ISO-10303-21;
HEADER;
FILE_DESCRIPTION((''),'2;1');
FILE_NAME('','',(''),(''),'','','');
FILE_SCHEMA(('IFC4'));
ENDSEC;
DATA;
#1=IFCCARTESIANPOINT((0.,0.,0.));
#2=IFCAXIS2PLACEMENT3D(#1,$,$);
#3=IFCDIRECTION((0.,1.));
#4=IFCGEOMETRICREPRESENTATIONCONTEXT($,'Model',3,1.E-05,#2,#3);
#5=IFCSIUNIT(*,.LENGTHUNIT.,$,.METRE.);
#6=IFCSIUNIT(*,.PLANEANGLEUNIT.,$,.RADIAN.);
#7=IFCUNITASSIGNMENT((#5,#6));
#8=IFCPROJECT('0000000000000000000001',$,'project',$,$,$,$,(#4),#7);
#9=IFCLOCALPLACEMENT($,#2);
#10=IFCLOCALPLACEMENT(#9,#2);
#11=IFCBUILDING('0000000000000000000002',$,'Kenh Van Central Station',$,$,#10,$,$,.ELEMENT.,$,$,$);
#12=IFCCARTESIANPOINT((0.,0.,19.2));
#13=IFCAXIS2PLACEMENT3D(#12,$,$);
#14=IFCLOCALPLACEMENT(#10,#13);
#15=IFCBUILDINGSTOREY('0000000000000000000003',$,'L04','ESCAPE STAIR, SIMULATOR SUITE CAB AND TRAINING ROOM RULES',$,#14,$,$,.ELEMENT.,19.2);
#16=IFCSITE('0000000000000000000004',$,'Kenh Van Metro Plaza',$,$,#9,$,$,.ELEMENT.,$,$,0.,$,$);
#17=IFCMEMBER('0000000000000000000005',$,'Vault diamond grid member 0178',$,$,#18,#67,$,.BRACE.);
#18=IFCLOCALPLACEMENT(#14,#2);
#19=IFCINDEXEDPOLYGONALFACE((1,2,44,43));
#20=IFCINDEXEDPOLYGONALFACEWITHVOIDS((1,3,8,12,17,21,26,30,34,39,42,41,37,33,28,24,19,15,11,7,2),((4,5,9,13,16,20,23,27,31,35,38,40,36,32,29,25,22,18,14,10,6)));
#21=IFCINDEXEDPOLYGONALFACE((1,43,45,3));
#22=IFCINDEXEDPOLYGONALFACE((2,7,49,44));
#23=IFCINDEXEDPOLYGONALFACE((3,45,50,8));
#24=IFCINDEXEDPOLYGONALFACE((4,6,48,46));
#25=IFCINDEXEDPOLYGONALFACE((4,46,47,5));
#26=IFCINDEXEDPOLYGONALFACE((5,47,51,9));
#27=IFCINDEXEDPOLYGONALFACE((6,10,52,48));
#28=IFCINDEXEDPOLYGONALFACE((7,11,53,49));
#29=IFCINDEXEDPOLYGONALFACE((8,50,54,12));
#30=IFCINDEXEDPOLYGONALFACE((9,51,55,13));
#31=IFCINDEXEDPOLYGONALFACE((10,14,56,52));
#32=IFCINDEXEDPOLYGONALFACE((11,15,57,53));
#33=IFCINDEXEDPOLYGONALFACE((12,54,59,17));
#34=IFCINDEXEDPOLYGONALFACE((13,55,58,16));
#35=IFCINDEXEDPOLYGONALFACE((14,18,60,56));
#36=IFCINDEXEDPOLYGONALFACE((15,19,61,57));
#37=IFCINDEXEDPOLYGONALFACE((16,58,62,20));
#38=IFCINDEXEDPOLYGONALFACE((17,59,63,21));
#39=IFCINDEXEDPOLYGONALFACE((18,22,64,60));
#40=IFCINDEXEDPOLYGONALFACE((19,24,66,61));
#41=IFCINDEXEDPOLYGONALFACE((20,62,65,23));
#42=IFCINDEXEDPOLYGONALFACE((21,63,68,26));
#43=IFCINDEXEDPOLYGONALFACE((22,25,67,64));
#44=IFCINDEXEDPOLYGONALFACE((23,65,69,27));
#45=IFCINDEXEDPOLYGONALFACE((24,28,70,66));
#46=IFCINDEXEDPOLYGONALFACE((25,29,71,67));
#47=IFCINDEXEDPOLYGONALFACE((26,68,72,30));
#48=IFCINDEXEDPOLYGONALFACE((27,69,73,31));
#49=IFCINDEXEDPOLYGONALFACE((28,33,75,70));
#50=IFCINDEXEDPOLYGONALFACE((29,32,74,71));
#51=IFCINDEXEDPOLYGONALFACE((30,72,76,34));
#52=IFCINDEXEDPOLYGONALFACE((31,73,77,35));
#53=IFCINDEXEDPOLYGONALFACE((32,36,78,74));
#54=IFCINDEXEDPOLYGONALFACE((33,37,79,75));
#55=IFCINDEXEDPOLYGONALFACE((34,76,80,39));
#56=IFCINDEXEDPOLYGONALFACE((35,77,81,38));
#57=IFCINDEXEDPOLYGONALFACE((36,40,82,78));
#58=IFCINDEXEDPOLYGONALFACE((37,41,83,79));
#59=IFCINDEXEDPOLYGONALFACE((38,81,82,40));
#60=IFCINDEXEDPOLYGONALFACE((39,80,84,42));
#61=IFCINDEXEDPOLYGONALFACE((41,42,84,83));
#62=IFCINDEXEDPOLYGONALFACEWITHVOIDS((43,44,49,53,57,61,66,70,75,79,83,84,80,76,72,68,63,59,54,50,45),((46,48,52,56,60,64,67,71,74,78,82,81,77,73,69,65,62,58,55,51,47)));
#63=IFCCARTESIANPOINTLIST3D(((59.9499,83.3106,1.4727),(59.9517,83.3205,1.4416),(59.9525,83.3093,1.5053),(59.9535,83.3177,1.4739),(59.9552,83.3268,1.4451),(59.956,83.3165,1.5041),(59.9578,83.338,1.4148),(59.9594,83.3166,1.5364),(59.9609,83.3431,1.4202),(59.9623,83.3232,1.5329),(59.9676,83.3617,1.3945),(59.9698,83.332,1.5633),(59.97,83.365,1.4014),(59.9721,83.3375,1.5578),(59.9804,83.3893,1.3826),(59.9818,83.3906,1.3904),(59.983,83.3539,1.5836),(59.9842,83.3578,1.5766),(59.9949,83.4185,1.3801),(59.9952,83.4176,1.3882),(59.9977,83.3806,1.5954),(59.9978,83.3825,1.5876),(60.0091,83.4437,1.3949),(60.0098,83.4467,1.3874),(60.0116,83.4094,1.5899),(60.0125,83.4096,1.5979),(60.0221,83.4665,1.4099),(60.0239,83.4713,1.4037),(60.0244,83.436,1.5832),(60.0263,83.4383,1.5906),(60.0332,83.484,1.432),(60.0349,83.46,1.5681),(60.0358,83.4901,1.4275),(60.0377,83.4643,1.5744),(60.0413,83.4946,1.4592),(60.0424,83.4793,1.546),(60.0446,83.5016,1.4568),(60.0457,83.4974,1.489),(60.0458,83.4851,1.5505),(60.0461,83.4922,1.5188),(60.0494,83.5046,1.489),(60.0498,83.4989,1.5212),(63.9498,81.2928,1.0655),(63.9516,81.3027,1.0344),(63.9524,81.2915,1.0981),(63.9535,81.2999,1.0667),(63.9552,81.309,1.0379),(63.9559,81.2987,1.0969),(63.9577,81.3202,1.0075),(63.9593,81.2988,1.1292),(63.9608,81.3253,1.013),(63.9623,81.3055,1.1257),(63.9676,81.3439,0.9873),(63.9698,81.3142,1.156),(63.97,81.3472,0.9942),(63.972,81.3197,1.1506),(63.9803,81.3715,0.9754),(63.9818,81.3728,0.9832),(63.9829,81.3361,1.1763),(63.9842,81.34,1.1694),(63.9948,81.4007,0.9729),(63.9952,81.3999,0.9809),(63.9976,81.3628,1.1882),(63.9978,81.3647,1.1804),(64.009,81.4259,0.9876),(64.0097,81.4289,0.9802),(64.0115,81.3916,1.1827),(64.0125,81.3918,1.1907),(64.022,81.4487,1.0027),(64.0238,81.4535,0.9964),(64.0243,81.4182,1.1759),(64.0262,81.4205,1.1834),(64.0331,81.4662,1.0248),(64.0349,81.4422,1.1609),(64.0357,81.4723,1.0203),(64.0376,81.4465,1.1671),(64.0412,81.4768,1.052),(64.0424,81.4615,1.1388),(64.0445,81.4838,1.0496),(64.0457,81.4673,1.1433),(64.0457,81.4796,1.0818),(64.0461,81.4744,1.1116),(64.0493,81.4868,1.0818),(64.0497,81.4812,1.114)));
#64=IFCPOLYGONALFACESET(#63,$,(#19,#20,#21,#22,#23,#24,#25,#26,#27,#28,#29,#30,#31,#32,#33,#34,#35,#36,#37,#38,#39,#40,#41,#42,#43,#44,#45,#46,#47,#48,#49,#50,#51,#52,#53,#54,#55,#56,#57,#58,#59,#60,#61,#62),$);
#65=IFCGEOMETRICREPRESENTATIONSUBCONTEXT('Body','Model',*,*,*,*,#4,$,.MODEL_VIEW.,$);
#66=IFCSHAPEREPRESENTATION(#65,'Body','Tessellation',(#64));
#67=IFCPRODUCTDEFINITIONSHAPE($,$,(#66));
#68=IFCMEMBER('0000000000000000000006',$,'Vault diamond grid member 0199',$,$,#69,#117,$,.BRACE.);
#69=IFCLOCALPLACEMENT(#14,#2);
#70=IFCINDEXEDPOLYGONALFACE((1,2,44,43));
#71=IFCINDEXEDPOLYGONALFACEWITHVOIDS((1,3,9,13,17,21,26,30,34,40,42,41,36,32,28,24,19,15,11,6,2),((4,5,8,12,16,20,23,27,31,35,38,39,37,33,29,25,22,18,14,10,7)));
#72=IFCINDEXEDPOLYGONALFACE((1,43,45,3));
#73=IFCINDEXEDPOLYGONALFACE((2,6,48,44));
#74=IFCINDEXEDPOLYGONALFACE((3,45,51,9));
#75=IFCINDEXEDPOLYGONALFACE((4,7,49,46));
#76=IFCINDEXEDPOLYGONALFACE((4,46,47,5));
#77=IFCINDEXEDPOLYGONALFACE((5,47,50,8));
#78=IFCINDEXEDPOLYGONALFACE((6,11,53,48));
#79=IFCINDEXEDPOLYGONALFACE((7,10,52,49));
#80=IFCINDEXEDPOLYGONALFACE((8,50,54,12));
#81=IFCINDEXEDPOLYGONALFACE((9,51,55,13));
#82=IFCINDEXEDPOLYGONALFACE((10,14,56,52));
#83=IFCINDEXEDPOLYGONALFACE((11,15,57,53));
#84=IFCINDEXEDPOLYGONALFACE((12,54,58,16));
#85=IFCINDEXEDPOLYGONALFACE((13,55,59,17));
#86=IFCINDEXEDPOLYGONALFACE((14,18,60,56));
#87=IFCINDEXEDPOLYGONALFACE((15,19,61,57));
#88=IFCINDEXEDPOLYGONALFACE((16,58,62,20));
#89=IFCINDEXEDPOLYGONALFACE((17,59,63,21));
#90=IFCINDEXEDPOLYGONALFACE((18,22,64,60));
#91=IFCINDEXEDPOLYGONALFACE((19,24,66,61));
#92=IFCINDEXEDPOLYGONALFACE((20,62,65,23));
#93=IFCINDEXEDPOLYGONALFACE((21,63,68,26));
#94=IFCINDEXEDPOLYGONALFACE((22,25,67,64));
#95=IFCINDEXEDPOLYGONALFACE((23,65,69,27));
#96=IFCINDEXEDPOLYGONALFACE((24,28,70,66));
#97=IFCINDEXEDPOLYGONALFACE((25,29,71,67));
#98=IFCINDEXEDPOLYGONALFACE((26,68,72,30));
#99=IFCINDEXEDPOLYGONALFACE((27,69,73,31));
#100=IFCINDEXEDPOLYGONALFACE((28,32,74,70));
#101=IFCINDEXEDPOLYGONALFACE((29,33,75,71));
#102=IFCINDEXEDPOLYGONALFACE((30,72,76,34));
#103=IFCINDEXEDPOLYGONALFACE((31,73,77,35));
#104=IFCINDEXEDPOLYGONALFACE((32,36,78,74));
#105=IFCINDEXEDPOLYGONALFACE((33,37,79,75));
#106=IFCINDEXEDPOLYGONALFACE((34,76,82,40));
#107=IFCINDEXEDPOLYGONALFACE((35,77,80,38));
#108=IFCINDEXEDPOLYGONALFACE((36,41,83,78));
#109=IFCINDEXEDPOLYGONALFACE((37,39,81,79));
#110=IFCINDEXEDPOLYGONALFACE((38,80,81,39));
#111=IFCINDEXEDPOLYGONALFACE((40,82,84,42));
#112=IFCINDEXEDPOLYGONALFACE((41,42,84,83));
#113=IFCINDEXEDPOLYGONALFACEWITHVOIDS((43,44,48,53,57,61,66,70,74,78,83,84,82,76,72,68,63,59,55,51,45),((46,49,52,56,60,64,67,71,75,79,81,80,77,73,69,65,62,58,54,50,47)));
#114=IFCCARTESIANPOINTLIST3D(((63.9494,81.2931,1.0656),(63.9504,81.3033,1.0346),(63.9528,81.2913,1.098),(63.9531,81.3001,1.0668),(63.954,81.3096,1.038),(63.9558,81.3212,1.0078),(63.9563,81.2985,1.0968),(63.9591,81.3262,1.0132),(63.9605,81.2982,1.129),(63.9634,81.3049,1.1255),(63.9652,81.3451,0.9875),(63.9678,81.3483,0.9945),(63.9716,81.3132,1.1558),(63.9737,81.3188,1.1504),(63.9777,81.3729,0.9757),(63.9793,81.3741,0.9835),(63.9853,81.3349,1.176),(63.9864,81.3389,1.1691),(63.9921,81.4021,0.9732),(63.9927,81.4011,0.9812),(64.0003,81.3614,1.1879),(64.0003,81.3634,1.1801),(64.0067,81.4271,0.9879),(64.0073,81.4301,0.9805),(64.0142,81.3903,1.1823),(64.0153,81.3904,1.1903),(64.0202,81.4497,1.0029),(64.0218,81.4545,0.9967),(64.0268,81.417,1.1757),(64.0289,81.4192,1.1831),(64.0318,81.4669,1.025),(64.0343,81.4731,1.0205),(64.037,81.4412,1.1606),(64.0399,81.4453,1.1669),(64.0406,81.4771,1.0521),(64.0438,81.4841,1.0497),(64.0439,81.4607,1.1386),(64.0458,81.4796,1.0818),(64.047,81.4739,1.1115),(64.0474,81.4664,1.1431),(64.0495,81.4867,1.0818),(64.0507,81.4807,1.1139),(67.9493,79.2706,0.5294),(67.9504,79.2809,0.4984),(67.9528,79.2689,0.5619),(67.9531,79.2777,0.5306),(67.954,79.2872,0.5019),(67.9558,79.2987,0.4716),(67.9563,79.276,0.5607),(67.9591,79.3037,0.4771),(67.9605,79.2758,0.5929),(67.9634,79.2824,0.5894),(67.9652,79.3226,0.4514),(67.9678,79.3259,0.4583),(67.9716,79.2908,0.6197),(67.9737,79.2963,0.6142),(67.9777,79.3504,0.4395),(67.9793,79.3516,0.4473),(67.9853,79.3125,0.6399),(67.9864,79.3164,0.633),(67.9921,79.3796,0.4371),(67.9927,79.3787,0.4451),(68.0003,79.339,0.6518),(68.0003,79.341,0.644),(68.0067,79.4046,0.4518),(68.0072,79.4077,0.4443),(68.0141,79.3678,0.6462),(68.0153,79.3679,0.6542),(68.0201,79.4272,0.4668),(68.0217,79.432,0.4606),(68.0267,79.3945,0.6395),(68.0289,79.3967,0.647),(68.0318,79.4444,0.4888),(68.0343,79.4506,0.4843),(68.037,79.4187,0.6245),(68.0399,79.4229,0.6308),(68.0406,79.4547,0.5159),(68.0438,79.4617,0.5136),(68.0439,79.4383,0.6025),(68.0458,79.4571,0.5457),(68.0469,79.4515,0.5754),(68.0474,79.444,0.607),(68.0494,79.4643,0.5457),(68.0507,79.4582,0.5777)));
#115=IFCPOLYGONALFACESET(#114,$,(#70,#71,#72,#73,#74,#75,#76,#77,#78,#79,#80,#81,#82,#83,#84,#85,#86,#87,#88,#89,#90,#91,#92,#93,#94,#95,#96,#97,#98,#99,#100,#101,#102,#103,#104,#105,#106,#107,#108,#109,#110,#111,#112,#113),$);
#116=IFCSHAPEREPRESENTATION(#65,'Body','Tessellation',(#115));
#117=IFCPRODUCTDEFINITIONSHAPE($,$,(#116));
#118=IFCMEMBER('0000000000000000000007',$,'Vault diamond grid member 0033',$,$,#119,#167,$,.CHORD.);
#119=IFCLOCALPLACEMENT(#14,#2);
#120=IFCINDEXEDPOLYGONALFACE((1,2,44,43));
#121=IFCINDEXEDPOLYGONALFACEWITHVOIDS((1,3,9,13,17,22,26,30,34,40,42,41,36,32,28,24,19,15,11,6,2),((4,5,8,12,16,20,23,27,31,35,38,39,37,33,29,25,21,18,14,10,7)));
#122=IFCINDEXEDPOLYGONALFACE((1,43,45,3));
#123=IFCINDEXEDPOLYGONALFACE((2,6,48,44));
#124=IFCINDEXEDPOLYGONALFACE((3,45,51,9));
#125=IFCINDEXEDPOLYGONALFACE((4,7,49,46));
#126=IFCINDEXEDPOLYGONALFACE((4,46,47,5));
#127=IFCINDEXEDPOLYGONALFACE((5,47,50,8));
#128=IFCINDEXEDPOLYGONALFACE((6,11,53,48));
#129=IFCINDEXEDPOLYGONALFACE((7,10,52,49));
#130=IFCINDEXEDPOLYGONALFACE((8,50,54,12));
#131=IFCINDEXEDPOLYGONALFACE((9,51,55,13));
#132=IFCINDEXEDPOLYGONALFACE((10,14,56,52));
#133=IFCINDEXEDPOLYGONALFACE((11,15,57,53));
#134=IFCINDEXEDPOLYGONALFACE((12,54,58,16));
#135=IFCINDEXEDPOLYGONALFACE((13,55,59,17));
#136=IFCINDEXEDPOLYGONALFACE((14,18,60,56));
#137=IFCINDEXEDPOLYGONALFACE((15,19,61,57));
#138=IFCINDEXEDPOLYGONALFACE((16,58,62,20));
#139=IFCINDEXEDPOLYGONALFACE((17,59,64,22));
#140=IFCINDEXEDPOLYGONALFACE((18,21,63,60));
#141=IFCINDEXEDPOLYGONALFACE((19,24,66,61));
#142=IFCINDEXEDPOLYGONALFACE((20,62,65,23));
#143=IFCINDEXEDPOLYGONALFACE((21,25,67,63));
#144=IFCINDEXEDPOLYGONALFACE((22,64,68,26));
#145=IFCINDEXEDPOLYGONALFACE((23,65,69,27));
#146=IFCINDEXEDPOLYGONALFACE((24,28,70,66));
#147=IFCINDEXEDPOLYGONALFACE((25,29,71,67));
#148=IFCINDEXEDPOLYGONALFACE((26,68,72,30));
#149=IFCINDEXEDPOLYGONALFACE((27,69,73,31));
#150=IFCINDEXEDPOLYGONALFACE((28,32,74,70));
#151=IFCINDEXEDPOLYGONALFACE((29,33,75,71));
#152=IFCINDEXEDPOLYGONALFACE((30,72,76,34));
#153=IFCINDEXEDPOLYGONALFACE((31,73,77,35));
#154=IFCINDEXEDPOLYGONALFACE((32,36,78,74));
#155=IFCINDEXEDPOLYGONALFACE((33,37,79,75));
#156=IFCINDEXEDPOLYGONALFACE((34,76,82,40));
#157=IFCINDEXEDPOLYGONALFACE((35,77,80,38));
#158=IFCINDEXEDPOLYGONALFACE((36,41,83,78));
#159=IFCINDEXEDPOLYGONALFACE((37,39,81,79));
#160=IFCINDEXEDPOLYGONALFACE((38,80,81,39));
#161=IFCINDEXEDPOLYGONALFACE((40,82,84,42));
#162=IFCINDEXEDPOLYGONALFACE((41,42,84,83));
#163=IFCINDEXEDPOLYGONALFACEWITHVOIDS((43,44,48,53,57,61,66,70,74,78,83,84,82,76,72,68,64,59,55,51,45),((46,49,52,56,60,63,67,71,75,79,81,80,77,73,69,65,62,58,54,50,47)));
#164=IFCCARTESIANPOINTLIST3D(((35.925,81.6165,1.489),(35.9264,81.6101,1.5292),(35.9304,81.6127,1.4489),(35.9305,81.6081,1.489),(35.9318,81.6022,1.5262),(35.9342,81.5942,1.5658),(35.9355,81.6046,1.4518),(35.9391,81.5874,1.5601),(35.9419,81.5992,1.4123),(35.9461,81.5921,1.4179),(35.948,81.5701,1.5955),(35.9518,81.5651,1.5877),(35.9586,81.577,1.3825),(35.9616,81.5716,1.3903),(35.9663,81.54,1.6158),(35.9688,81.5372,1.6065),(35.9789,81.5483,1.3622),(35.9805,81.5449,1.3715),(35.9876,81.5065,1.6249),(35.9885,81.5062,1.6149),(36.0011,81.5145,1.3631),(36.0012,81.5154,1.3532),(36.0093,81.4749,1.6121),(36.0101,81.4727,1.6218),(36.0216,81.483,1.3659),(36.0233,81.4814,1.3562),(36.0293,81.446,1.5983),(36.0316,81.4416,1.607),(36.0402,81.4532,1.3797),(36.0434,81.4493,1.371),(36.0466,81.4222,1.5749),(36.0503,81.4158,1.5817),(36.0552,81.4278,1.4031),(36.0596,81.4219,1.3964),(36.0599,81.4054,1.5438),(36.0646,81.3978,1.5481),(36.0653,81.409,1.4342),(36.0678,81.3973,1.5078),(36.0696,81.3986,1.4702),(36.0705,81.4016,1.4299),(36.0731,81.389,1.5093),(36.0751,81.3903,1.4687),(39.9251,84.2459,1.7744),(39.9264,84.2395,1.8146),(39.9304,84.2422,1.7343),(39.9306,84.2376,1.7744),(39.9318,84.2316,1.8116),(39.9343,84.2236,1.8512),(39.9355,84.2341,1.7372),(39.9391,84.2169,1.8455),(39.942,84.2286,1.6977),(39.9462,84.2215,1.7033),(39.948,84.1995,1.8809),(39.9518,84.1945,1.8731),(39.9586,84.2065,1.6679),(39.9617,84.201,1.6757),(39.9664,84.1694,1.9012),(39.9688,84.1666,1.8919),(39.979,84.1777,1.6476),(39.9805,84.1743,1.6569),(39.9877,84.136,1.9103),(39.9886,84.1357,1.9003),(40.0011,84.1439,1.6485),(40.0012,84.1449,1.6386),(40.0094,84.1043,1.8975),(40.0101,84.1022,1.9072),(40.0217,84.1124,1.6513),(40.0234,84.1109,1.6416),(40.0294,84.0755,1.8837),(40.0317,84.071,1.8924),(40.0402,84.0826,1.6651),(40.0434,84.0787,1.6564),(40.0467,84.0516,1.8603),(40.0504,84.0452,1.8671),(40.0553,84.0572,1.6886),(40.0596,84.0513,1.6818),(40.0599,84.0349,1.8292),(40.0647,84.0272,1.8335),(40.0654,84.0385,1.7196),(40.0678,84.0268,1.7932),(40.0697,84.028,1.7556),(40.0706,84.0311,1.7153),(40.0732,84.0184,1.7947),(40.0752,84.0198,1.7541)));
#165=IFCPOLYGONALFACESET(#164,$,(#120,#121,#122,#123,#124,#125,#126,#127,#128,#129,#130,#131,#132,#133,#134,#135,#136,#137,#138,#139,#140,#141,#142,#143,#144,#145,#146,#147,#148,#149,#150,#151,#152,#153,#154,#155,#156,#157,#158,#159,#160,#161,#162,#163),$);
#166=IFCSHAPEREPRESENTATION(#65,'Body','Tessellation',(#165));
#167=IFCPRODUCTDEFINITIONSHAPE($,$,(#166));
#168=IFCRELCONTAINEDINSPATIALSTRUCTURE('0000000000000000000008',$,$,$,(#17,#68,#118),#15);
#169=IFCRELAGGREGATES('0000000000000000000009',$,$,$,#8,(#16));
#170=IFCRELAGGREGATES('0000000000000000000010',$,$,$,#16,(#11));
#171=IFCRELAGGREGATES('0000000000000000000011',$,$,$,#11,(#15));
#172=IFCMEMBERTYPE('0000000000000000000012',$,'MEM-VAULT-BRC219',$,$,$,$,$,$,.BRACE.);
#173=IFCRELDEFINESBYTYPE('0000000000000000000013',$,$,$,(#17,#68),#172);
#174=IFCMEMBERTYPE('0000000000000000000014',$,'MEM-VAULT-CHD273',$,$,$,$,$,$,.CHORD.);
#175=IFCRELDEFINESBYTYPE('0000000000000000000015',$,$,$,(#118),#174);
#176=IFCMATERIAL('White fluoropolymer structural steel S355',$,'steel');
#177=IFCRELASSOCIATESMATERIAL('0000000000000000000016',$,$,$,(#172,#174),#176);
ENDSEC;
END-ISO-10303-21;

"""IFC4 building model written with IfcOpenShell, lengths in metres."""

from ifc_helpers import new_model, si_unit, direction, frame, origin, origin_2d, place, context, subcontext, project, spatial, hollow_circle, extrude, material, material_profile, profile_set, type_object, element, save


model = new_model("IFC4")

# Units and contexts
model_context = context("Model", 3, precision=1e-05, world=origin(), true_north=direction((0.0, 1.0)))
body_context = subcontext(model_context, "Body", "Model", "MODEL_VIEW")
ifc_project = project(units=[si_unit("LENGTHUNIT", "METRE"), si_unit("PLANEANGLEUNIT", "RADIAN")], contexts=[model_context])

# Site, building, storey
site_placement = place(None, origin())
site = spatial("IfcSite", under=ifc_project, at=site_placement, Name="Kenh Van Metro Plaza", CompositionType="ELEMENT", RefElevation=0.0)
building_placement = place(site_placement, origin())
building = spatial("IfcBuilding", under=site, at=building_placement, Name="Kenh Van Central Station", CompositionType="ELEMENT")
storey_placement = place(building_placement, frame((0.0, 0.0, 19.2)))
storey = spatial("IfcBuildingStorey", under=building, at=storey_placement, Name="L04", Description="ESCAPE STAIR, SIMULATOR SUITE CAB AND TRAINING ROOM RULES", CompositionType="ELEMENT", Elevation=19.2)

# Shared definitions
ifc_material_1 = material(Name="White fluoropolymer structural steel S355", Category="steel")

# Members
ifc_material_profile_1 = material_profile(ifc_material_1, hollow_circle(Radius=0.1096, WallThickness=0.0081, at=origin_2d()), Name="CHS 219.1x8")
ifc_profile_set_1 = profile_set([ifc_material_profile_1], Name="White fluoropolymer structural steel S355")
member_type_1 = type_object("IfcMemberType", Name="MEM-VAULT-BRC219", PredefinedType="BRACE", material=ifc_profile_set_1)
member_1_placement = place(storey_placement, frame((60.0, 83.4067, 1.489), z_axis=(0.889165, -0.448544, -0.090523), x_axis=(0.450393, 0.89283, 0.0)))
element("IfcMember", 1, at=member_1_placement, inside=storey, type_object=member_type_1, Name="Vault diamond grid member 0178", PredefinedType="BRACE", context=body_context, shape_type="SweptSolid", body=[
    extrude(hollow_circle(Radius=0.1096, WallThickness=0.0081, at=origin_2d()), origin(), (0.0, 0.0, 1.0), 4.4985),
])
member_2_placement = place(storey_placement, frame((64.0, 81.3889, 1.0818), z_axis=(0.886097, -0.448024, -0.118766), x_axis=(0.451218, 0.892414, 0.0)))
element("IfcMember", 2, at=member_2_placement, inside=storey, type_object=member_type_1, Name="Vault diamond grid member 0199", PredefinedType="BRACE", context=body_context, shape_type="SweptSolid", body=[
    extrude(hollow_circle(Radius=0.1096, WallThickness=0.0081, at=origin_2d()), origin(), (0.0, 0.0, 1.0), 4.5142),
])
ifc_material_profile_2 = material_profile(ifc_material_1, hollow_circle(Radius=0.1365, WallThickness=0.01, at=origin_2d()), Name="CHS 273x10")
ifc_profile_set_2 = profile_set([ifc_material_profile_2], Name="White fluoropolymer structural steel S355")
member_type_2 = type_object("IfcMemberType", Name="MEM-VAULT-CHD273", PredefinedType="CHORD", material=ifc_profile_set_2)
member_3_placement = place(storey_placement, frame((36.0, 81.5024, 1.489), z_axis=(0.834145, 0.548324, 0.059516), x_axis=(-0.549298, 0.835627, 0.0)))
element("IfcMember", 3, at=member_3_placement, inside=storey, type_object=member_type_2, Name="Vault diamond grid member 0033", PredefinedType="CHORD", context=body_context, shape_type="SweptSolid", body=[
    extrude(hollow_circle(Radius=0.1365, WallThickness=0.01, at=origin_2d()), origin(), (0.0, 0.0, 1.0), 4.7954),
])

save(model, "model.ifc")
